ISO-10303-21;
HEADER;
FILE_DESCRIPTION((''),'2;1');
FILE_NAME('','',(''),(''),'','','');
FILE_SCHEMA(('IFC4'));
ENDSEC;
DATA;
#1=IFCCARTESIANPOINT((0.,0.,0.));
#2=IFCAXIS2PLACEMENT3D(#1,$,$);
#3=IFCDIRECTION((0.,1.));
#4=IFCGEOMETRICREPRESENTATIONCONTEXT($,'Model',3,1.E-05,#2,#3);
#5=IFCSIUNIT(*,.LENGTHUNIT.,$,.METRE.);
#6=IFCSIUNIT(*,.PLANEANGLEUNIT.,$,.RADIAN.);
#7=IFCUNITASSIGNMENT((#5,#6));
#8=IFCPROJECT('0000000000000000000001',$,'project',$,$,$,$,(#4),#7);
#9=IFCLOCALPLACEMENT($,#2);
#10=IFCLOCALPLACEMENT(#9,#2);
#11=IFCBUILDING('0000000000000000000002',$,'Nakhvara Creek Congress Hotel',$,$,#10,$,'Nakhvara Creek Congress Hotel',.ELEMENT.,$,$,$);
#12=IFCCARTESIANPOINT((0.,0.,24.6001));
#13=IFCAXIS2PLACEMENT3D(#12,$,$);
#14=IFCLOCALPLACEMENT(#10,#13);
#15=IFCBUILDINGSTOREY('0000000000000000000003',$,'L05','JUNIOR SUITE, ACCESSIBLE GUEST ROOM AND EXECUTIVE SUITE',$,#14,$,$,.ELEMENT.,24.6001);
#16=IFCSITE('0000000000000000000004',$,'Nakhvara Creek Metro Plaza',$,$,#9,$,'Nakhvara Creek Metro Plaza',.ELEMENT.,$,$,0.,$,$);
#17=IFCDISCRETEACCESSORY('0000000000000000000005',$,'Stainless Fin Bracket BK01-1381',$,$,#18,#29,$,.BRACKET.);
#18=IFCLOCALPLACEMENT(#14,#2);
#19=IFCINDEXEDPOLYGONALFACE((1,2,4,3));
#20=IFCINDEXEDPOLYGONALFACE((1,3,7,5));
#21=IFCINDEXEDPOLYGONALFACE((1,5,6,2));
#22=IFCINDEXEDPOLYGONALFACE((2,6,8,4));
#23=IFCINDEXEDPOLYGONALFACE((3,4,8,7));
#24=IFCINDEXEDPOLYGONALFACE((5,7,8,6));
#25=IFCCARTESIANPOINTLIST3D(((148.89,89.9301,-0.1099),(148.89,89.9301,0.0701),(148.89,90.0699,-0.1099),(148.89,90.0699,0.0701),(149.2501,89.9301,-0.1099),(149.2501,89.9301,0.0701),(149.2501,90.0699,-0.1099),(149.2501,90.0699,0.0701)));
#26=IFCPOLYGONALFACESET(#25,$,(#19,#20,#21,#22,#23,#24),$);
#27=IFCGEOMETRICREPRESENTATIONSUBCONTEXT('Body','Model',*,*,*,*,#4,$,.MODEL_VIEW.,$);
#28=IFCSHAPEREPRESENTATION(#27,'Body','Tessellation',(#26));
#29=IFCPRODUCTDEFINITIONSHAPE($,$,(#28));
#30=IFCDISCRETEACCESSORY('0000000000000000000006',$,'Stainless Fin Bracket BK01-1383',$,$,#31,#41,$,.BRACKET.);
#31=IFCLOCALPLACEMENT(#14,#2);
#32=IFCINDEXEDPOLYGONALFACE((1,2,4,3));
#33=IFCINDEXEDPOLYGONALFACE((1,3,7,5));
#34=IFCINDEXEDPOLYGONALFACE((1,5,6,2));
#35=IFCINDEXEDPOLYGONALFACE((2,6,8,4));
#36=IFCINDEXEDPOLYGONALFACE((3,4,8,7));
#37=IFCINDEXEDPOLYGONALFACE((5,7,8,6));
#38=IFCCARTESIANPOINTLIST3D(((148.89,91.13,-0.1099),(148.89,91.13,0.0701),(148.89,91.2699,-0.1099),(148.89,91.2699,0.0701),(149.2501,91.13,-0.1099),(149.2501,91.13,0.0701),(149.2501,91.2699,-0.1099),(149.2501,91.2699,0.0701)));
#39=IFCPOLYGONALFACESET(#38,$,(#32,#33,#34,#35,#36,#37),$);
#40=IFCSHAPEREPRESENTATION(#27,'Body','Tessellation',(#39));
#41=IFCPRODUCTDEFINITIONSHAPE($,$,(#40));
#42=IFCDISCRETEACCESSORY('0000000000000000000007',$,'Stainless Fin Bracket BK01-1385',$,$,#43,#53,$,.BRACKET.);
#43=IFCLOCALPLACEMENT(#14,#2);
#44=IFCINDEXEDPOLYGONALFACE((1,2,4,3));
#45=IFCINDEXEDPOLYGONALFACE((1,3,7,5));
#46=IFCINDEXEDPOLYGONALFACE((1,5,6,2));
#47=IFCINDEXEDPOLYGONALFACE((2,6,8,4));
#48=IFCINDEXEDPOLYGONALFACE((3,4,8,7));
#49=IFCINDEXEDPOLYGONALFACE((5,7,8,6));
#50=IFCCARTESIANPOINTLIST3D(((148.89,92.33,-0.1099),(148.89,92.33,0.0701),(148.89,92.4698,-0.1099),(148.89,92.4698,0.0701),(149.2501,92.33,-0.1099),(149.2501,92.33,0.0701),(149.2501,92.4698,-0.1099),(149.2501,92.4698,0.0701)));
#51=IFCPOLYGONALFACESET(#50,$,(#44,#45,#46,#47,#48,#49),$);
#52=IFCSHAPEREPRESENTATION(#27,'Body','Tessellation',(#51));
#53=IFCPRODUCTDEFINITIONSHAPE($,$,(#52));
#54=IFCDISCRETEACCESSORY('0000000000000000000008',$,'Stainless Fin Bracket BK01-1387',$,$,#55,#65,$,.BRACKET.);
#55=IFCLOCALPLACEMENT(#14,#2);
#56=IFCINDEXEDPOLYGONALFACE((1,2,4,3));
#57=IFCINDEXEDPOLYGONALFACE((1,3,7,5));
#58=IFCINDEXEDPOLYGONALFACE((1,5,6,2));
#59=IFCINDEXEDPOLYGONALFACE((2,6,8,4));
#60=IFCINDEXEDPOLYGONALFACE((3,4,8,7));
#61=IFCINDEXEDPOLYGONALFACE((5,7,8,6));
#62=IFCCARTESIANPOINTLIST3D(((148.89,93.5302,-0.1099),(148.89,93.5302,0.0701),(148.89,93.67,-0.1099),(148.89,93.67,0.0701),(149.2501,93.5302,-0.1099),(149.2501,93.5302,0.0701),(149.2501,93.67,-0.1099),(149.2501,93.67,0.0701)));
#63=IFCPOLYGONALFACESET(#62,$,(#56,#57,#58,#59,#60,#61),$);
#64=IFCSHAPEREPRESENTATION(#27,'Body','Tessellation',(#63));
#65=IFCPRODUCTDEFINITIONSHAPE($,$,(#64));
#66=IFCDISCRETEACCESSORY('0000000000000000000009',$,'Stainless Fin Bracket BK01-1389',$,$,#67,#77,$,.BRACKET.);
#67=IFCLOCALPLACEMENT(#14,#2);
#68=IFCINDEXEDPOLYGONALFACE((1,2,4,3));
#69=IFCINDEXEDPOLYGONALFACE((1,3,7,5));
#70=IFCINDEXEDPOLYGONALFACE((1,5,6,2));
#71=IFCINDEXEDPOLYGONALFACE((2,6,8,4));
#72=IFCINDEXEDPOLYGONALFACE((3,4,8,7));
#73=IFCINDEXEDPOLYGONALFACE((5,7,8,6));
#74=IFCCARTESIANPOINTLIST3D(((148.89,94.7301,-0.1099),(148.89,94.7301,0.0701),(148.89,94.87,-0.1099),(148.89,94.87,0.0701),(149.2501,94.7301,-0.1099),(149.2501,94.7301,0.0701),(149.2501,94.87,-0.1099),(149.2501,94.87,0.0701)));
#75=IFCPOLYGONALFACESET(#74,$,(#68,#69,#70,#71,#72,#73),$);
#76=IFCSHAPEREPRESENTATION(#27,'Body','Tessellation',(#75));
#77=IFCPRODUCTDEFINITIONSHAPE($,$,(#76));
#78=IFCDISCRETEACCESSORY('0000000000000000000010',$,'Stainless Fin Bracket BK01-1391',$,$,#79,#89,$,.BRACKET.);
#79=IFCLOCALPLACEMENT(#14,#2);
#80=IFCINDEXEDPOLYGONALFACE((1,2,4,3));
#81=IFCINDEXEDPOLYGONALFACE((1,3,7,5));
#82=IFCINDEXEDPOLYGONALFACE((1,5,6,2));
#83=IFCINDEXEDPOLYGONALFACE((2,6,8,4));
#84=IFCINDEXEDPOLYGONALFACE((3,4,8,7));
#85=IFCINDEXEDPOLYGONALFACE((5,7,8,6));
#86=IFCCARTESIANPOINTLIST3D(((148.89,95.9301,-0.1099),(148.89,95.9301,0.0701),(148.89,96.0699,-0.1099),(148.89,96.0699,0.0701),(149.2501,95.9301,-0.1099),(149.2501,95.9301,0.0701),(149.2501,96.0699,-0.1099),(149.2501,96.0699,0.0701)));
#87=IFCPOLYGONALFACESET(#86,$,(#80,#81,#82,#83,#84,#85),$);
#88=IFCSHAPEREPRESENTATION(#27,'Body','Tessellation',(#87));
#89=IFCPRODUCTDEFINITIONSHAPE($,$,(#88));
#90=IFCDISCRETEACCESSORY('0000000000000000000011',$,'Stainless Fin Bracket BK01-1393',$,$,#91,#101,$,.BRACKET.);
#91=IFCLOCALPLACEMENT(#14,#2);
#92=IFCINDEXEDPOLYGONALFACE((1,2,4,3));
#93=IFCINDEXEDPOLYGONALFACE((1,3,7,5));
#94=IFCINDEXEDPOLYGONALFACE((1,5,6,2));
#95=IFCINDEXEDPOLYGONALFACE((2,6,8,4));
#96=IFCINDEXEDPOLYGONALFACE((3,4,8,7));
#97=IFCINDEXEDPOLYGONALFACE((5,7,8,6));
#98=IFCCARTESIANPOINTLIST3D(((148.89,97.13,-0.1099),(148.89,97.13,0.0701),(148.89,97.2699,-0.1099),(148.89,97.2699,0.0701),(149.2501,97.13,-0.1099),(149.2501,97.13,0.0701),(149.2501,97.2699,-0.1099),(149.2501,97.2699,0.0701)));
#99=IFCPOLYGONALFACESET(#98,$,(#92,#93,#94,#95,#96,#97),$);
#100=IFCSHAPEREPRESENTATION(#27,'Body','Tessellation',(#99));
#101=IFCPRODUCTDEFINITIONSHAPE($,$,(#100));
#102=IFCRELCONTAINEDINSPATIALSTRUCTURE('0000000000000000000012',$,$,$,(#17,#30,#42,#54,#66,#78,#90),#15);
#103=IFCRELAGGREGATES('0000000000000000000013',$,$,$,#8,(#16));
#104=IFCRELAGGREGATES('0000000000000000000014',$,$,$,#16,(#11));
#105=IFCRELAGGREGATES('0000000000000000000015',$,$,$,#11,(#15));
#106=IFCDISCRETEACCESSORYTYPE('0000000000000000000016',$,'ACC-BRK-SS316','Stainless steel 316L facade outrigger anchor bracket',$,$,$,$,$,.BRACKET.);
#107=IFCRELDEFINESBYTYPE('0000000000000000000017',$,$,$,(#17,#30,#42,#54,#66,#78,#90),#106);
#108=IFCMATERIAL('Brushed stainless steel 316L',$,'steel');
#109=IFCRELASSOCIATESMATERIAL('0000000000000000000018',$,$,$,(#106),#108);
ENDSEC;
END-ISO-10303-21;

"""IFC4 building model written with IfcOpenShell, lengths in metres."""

from ifc_helpers import new_model, si_unit, direction, frame, origin, origin_2d, place, context, subcontext, project, spatial, rectangle, extrude, material, type_object, element, save


model = new_model("IFC4")

# Units and contexts
model_context = context("Model", 3, precision=1e-05, world=origin(), true_north=direction((0.0, 1.0)))
body_context = subcontext(model_context, "Body", "Model", "MODEL_VIEW")
ifc_project = project(units=[si_unit("LENGTHUNIT", "METRE"), si_unit("PLANEANGLEUNIT", "RADIAN")], contexts=[model_context])

# Site, building, storey
site_placement = place(None, origin())
site = spatial("IfcSite", under=ifc_project, at=site_placement, Name="Nakhvara Creek Metro Plaza", LongName="Nakhvara Creek Metro Plaza", CompositionType="ELEMENT", RefElevation=0.0)
building_placement = place(site_placement, origin())
building = spatial("IfcBuilding", under=site, at=building_placement, Name="Nakhvara Creek Congress Hotel", LongName="Nakhvara Creek Congress Hotel", CompositionType="ELEMENT")
storey_placement = place(building_placement, frame((0.0, 0.0, 24.6001)))
storey = spatial("IfcBuildingStorey", under=building, at=storey_placement, Name="L05", Description="JUNIOR SUITE, ACCESSIBLE GUEST ROOM AND EXECUTIVE SUITE", CompositionType="ELEMENT", Elevation=24.6001)

# Discrete accessories
ifc_material_1 = material(Name="Brushed stainless steel 316L", Category="steel")
discrete_accessory_type = type_object("IfcDiscreteAccessoryType", Name="ACC-BRK-SS316", Description="Stainless steel 316L facade outrigger anchor bracket", PredefinedType="BRACKET", material=ifc_material_1)
for number, where, z_axis, x_axis, name in (
    (1, (149.0701, 90.0, -0.1099), (0.0, 0.0, 1.0), (0.0, 1.0, 0.0), "Stainless Fin Bracket BK01-1381"),
    (2, (149.0701, 91.2, -0.1099), (0.0, 0.0, 1.0), (0.0, 1.0, 0.0), "Stainless Fin Bracket BK01-1383"),
    (3, (149.0701, 92.3999, -0.1099), (0.0, 0.0, 1.0), (0.0, 1.0, 0.0), "Stainless Fin Bracket BK01-1385"),
    (4, (149.0701, 93.6001, -0.1099), (0.0, 0.0, 1.0), (0.0, 1.0, 0.0), "Stainless Fin Bracket BK01-1387"),
    (5, (149.0701, 94.8, -0.1099), (0.0, 0.0, 1.0), (0.0, 1.0, 0.0), "Stainless Fin Bracket BK01-1389"),
    (6, (149.0701, 96.0, -0.1099), (0.0, 0.0, 1.0), (0.0, 1.0, 0.0), "Stainless Fin Bracket BK01-1391"),
    (7, (149.0701, 97.2, -0.1099), (0.0, 0.0, 1.0), (0.0, 1.0, 0.0), "Stainless Fin Bracket BK01-1393"),
):
    element("IfcDiscreteAccessory", number, at=place(storey_placement, frame(where, z_axis=z_axis, x_axis=x_axis)), inside=storey, type_object=discrete_accessory_type, Name=name, PredefinedType="BRACKET", context=body_context, shape_type="SweptSolid", body=[
        extrude(rectangle(XDim=0.1399, YDim=0.3601, at=origin_2d()), origin(), (0.0, 0.0, 1.0), 0.1799),
    ])

save(model, "model.ifc")
